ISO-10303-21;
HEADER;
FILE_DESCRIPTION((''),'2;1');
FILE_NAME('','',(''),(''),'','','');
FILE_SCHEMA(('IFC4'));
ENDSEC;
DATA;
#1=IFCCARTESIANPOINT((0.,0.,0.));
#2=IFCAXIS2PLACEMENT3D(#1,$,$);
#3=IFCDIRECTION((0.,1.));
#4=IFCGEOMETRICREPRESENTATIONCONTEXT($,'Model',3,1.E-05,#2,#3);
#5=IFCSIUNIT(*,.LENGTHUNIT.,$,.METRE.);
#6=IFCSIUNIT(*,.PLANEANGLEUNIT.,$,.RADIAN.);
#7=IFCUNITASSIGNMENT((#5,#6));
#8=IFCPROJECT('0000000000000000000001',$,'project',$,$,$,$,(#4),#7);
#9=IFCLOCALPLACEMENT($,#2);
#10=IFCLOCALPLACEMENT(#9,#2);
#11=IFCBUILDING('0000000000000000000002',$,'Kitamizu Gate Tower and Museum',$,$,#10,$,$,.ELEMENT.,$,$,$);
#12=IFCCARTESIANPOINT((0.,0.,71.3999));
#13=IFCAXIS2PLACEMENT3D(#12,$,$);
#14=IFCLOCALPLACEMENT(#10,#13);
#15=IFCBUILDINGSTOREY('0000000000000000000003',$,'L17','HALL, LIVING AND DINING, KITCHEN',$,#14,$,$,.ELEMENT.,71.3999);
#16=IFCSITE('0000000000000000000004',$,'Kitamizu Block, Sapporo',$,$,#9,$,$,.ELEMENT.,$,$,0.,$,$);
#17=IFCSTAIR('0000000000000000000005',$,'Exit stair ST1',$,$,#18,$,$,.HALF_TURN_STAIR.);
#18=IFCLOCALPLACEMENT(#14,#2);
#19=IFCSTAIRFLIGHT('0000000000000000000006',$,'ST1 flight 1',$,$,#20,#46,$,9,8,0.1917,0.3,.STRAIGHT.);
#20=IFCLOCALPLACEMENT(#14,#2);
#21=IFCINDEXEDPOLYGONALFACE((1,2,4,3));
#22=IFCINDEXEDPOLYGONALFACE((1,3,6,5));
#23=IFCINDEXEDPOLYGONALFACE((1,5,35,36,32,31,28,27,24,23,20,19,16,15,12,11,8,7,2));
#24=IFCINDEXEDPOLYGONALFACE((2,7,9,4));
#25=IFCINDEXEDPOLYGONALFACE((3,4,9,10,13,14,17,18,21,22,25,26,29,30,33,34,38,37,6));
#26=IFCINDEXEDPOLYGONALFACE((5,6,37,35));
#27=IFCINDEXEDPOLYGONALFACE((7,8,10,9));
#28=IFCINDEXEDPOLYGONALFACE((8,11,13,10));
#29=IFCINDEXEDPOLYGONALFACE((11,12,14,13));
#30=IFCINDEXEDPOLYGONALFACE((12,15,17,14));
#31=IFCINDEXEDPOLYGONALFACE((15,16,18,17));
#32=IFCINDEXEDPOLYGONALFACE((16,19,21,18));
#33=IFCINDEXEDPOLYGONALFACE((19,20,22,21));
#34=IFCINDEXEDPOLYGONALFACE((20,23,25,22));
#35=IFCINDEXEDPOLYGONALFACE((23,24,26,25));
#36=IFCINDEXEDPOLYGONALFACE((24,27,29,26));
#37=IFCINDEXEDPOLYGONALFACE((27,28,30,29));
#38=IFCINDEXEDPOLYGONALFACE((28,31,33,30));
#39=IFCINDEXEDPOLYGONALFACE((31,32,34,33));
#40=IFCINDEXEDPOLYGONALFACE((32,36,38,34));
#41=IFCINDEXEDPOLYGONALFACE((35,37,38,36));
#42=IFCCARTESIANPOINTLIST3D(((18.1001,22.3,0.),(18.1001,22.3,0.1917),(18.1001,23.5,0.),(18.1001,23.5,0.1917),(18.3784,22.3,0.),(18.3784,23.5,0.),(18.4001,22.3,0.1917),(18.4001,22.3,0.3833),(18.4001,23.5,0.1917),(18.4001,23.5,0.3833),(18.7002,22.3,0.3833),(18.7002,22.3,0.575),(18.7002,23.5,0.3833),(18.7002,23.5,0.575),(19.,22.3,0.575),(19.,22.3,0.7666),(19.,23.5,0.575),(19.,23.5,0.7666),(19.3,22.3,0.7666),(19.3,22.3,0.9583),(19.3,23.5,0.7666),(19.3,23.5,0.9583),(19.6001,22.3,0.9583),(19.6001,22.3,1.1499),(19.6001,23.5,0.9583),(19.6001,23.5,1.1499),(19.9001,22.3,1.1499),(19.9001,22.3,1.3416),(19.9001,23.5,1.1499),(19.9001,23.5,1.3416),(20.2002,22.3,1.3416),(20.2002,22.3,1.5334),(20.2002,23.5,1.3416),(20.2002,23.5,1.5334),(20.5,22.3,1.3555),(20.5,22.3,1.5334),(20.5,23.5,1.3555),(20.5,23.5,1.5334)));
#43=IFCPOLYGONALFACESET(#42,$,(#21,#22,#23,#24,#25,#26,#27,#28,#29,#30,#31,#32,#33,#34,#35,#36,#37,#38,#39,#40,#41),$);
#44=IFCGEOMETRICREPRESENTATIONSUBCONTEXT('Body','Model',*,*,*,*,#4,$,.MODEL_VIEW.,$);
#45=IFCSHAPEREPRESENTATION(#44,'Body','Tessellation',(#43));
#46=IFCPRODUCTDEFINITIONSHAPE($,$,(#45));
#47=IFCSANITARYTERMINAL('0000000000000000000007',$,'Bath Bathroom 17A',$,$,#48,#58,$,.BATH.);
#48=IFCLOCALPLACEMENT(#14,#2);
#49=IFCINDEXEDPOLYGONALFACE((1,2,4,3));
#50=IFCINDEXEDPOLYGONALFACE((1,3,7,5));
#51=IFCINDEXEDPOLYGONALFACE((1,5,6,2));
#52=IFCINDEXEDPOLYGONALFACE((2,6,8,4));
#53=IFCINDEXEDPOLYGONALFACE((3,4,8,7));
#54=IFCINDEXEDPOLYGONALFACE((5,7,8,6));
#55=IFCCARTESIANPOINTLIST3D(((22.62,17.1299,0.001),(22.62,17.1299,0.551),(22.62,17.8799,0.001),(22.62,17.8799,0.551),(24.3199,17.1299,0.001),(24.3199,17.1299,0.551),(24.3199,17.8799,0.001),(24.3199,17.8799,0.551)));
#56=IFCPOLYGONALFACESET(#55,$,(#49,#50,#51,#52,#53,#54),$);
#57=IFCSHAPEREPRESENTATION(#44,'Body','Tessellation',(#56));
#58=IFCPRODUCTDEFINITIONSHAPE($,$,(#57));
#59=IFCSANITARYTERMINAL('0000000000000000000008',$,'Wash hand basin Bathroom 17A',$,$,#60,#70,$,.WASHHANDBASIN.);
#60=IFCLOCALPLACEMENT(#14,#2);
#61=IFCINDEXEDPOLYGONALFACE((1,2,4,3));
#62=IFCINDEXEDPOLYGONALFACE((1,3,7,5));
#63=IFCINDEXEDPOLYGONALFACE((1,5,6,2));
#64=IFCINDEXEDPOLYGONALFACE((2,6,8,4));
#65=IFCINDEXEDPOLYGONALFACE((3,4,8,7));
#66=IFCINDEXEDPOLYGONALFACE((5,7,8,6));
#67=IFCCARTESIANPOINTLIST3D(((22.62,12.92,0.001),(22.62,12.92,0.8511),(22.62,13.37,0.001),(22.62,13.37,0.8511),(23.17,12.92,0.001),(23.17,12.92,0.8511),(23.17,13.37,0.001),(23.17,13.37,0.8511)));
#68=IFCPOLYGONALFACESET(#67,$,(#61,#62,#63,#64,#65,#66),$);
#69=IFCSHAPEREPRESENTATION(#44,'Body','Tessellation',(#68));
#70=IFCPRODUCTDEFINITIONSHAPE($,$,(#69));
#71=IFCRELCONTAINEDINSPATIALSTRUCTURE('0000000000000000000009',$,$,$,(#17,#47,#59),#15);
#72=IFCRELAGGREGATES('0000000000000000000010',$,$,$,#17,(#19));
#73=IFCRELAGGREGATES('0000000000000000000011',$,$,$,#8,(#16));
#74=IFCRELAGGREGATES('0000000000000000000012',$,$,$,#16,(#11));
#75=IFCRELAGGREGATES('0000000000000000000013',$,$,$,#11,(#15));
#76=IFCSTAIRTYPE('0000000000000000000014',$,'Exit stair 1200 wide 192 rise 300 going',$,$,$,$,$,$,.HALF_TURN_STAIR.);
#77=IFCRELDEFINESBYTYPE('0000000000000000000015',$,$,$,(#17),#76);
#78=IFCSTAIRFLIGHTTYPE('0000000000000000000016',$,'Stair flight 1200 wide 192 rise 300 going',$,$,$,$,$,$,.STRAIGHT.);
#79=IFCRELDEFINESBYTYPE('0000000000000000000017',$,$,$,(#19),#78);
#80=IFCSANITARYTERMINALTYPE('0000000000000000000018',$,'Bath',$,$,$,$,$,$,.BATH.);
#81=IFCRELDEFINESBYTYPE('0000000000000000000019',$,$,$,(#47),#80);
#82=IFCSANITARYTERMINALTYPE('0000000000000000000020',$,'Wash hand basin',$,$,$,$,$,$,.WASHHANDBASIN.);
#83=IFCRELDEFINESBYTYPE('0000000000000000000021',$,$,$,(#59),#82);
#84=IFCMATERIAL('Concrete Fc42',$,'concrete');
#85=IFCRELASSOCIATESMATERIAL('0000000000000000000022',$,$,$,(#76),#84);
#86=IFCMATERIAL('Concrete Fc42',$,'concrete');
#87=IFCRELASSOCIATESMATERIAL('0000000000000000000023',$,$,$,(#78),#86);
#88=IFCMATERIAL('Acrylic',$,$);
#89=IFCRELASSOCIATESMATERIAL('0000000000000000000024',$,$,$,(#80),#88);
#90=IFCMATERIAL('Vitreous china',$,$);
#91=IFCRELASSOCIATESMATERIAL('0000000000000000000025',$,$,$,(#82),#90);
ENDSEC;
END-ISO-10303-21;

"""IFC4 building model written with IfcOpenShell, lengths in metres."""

from ifc_helpers import new_model, si_unit, direction, frame, origin, origin_2d, place, context, subcontext, project, spatial, polyline, rectangle, outline, extrude, material, type_object, element, aggregate, save


model = new_model("IFC4")

# Units and contexts
model_context = context("Model", 3, precision=1e-05, world=origin(), true_north=direction((0.0, 1.0)))
body_context = subcontext(model_context, "Body", "Model", "MODEL_VIEW")
ifc_project = project(units=[si_unit("LENGTHUNIT", "METRE"), si_unit("PLANEANGLEUNIT", "RADIAN")], contexts=[model_context])

# Site, building, storey
site_placement = place(None, origin())
site = spatial("IfcSite", under=ifc_project, at=site_placement, Name="Kitamizu Block, Sapporo", CompositionType="ELEMENT", RefElevation=0.0)
building_placement = place(site_placement, origin())
building = spatial("IfcBuilding", under=site, at=building_placement, Name="Kitamizu Gate Tower and Museum", CompositionType="ELEMENT")
storey_placement = place(building_placement, frame((0.0, 0.0, 71.3999)))
storey = spatial("IfcBuildingStorey", under=building, at=storey_placement, Name="L17", Description="HALL, LIVING AND DINING, KITCHEN", CompositionType="ELEMENT", Elevation=71.3999)

# Stair, stair flight
ifc_material_1 = material(Name="Concrete Fc42", Category="concrete")
stair_type = type_object("IfcStairType", Name="Exit stair 1200 wide 192 rise 300 going", PredefinedType="HALF_TURN_STAIR", material=ifc_material_1)
stair_placement = place(storey_placement, origin())
stair = element("IfcStair", 1, at=stair_placement, inside=storey, type_object=stair_type, Name="Exit stair ST1", PredefinedType="HALF_TURN_STAIR")
ifc_material_2 = material(Name="Concrete Fc42", Category="concrete")
stair_flight_type = type_object("IfcStairFlightType", Name="Stair flight 1200 wide 192 rise 300 going", PredefinedType="STRAIGHT", material=ifc_material_2)
stair_flight_placement = place(storey_placement, frame((18.1001, 22.8999, 0.0), z_axis=(0.0, 0.0, 1.0), x_axis=(1.0, 0.0, 0.0)))
stair_flight = element("IfcStairFlight", 2, at=stair_flight_placement, type_object=stair_flight_type, Name="ST1 flight 1", NumberOfRisers=9, NumberOfTreads=8, PredefinedType="STRAIGHT", RiserHeight=0.1917, TreadLength=0.3, context=body_context, shape_type="SweptSolid", body=[
    extrude(outline(polyline([(0.0, 0.0), (0.0, 0.1917), (0.3, 0.1917), (0.3, 0.3833), (0.6001, 0.3833), (0.6001, 0.575), (0.8999, 0.575), (0.8999, 0.7666), (1.2, 0.7666), (1.2, 0.9583), (1.5, 0.9583), (1.5, 1.1499), (1.8, 1.1499), (1.8, 1.3416), (2.1001, 1.3416), (2.1001, 1.5334), (2.3999, 1.5334), (2.3999, 1.7251), (2.3999, 1.3555), (0.2783, 0.0), (0.0, 0.0)])), frame((0.0, 0.6001, 0.0), z_axis=(0.0, -1.0, 0.0), x_axis=(1.0, 0.0, 0.0)), (0.0, 0.0, 1.0), 1.2),
])
aggregate(stair, [stair_flight])

# Sanitary terminals
ifc_material_3 = material(Name="Acrylic")
sanitary_terminal_type_1 = type_object("IfcSanitaryTerminalType", Name="Bath", PredefinedType="BATH", material=ifc_material_3)
sanitary_terminal_1_placement = place(storey_placement, frame((23.47, 17.5049, 0.001), z_axis=(0.0, 0.0, 1.0), x_axis=(1.0, 0.0, 0.0)))
element("IfcSanitaryTerminal", 3, at=sanitary_terminal_1_placement, inside=storey, type_object=sanitary_terminal_type_1, Name="Bath Bathroom 17A", PredefinedType="BATH", context=body_context, shape_type="SweptSolid", body=[
    extrude(rectangle(XDim=1.7, YDim=0.75, at=origin_2d()), origin(), (0.0, 0.0, 1.0), 0.55),
])
ifc_material_4 = material(Name="Vitreous china")
sanitary_terminal_type_2 = type_object("IfcSanitaryTerminalType", Name="Wash hand basin", PredefinedType="WASHHANDBASIN", material=ifc_material_4)
sanitary_terminal_2_placement = place(storey_placement, frame((22.895, 13.145, 0.001), z_axis=(0.0, 0.0, 1.0), x_axis=(1.0, 0.0, 0.0)))
element("IfcSanitaryTerminal", 4, at=sanitary_terminal_2_placement, inside=storey, type_object=sanitary_terminal_type_2, Name="Wash hand basin Bathroom 17A", PredefinedType="WASHHANDBASIN", context=body_context, shape_type="SweptSolid", body=[
    extrude(rectangle(XDim=0.55, YDim=0.45, at=origin_2d()), origin(), (0.0, 0.0, 1.0), 0.8501),
])

save(model, "model.ifc")
